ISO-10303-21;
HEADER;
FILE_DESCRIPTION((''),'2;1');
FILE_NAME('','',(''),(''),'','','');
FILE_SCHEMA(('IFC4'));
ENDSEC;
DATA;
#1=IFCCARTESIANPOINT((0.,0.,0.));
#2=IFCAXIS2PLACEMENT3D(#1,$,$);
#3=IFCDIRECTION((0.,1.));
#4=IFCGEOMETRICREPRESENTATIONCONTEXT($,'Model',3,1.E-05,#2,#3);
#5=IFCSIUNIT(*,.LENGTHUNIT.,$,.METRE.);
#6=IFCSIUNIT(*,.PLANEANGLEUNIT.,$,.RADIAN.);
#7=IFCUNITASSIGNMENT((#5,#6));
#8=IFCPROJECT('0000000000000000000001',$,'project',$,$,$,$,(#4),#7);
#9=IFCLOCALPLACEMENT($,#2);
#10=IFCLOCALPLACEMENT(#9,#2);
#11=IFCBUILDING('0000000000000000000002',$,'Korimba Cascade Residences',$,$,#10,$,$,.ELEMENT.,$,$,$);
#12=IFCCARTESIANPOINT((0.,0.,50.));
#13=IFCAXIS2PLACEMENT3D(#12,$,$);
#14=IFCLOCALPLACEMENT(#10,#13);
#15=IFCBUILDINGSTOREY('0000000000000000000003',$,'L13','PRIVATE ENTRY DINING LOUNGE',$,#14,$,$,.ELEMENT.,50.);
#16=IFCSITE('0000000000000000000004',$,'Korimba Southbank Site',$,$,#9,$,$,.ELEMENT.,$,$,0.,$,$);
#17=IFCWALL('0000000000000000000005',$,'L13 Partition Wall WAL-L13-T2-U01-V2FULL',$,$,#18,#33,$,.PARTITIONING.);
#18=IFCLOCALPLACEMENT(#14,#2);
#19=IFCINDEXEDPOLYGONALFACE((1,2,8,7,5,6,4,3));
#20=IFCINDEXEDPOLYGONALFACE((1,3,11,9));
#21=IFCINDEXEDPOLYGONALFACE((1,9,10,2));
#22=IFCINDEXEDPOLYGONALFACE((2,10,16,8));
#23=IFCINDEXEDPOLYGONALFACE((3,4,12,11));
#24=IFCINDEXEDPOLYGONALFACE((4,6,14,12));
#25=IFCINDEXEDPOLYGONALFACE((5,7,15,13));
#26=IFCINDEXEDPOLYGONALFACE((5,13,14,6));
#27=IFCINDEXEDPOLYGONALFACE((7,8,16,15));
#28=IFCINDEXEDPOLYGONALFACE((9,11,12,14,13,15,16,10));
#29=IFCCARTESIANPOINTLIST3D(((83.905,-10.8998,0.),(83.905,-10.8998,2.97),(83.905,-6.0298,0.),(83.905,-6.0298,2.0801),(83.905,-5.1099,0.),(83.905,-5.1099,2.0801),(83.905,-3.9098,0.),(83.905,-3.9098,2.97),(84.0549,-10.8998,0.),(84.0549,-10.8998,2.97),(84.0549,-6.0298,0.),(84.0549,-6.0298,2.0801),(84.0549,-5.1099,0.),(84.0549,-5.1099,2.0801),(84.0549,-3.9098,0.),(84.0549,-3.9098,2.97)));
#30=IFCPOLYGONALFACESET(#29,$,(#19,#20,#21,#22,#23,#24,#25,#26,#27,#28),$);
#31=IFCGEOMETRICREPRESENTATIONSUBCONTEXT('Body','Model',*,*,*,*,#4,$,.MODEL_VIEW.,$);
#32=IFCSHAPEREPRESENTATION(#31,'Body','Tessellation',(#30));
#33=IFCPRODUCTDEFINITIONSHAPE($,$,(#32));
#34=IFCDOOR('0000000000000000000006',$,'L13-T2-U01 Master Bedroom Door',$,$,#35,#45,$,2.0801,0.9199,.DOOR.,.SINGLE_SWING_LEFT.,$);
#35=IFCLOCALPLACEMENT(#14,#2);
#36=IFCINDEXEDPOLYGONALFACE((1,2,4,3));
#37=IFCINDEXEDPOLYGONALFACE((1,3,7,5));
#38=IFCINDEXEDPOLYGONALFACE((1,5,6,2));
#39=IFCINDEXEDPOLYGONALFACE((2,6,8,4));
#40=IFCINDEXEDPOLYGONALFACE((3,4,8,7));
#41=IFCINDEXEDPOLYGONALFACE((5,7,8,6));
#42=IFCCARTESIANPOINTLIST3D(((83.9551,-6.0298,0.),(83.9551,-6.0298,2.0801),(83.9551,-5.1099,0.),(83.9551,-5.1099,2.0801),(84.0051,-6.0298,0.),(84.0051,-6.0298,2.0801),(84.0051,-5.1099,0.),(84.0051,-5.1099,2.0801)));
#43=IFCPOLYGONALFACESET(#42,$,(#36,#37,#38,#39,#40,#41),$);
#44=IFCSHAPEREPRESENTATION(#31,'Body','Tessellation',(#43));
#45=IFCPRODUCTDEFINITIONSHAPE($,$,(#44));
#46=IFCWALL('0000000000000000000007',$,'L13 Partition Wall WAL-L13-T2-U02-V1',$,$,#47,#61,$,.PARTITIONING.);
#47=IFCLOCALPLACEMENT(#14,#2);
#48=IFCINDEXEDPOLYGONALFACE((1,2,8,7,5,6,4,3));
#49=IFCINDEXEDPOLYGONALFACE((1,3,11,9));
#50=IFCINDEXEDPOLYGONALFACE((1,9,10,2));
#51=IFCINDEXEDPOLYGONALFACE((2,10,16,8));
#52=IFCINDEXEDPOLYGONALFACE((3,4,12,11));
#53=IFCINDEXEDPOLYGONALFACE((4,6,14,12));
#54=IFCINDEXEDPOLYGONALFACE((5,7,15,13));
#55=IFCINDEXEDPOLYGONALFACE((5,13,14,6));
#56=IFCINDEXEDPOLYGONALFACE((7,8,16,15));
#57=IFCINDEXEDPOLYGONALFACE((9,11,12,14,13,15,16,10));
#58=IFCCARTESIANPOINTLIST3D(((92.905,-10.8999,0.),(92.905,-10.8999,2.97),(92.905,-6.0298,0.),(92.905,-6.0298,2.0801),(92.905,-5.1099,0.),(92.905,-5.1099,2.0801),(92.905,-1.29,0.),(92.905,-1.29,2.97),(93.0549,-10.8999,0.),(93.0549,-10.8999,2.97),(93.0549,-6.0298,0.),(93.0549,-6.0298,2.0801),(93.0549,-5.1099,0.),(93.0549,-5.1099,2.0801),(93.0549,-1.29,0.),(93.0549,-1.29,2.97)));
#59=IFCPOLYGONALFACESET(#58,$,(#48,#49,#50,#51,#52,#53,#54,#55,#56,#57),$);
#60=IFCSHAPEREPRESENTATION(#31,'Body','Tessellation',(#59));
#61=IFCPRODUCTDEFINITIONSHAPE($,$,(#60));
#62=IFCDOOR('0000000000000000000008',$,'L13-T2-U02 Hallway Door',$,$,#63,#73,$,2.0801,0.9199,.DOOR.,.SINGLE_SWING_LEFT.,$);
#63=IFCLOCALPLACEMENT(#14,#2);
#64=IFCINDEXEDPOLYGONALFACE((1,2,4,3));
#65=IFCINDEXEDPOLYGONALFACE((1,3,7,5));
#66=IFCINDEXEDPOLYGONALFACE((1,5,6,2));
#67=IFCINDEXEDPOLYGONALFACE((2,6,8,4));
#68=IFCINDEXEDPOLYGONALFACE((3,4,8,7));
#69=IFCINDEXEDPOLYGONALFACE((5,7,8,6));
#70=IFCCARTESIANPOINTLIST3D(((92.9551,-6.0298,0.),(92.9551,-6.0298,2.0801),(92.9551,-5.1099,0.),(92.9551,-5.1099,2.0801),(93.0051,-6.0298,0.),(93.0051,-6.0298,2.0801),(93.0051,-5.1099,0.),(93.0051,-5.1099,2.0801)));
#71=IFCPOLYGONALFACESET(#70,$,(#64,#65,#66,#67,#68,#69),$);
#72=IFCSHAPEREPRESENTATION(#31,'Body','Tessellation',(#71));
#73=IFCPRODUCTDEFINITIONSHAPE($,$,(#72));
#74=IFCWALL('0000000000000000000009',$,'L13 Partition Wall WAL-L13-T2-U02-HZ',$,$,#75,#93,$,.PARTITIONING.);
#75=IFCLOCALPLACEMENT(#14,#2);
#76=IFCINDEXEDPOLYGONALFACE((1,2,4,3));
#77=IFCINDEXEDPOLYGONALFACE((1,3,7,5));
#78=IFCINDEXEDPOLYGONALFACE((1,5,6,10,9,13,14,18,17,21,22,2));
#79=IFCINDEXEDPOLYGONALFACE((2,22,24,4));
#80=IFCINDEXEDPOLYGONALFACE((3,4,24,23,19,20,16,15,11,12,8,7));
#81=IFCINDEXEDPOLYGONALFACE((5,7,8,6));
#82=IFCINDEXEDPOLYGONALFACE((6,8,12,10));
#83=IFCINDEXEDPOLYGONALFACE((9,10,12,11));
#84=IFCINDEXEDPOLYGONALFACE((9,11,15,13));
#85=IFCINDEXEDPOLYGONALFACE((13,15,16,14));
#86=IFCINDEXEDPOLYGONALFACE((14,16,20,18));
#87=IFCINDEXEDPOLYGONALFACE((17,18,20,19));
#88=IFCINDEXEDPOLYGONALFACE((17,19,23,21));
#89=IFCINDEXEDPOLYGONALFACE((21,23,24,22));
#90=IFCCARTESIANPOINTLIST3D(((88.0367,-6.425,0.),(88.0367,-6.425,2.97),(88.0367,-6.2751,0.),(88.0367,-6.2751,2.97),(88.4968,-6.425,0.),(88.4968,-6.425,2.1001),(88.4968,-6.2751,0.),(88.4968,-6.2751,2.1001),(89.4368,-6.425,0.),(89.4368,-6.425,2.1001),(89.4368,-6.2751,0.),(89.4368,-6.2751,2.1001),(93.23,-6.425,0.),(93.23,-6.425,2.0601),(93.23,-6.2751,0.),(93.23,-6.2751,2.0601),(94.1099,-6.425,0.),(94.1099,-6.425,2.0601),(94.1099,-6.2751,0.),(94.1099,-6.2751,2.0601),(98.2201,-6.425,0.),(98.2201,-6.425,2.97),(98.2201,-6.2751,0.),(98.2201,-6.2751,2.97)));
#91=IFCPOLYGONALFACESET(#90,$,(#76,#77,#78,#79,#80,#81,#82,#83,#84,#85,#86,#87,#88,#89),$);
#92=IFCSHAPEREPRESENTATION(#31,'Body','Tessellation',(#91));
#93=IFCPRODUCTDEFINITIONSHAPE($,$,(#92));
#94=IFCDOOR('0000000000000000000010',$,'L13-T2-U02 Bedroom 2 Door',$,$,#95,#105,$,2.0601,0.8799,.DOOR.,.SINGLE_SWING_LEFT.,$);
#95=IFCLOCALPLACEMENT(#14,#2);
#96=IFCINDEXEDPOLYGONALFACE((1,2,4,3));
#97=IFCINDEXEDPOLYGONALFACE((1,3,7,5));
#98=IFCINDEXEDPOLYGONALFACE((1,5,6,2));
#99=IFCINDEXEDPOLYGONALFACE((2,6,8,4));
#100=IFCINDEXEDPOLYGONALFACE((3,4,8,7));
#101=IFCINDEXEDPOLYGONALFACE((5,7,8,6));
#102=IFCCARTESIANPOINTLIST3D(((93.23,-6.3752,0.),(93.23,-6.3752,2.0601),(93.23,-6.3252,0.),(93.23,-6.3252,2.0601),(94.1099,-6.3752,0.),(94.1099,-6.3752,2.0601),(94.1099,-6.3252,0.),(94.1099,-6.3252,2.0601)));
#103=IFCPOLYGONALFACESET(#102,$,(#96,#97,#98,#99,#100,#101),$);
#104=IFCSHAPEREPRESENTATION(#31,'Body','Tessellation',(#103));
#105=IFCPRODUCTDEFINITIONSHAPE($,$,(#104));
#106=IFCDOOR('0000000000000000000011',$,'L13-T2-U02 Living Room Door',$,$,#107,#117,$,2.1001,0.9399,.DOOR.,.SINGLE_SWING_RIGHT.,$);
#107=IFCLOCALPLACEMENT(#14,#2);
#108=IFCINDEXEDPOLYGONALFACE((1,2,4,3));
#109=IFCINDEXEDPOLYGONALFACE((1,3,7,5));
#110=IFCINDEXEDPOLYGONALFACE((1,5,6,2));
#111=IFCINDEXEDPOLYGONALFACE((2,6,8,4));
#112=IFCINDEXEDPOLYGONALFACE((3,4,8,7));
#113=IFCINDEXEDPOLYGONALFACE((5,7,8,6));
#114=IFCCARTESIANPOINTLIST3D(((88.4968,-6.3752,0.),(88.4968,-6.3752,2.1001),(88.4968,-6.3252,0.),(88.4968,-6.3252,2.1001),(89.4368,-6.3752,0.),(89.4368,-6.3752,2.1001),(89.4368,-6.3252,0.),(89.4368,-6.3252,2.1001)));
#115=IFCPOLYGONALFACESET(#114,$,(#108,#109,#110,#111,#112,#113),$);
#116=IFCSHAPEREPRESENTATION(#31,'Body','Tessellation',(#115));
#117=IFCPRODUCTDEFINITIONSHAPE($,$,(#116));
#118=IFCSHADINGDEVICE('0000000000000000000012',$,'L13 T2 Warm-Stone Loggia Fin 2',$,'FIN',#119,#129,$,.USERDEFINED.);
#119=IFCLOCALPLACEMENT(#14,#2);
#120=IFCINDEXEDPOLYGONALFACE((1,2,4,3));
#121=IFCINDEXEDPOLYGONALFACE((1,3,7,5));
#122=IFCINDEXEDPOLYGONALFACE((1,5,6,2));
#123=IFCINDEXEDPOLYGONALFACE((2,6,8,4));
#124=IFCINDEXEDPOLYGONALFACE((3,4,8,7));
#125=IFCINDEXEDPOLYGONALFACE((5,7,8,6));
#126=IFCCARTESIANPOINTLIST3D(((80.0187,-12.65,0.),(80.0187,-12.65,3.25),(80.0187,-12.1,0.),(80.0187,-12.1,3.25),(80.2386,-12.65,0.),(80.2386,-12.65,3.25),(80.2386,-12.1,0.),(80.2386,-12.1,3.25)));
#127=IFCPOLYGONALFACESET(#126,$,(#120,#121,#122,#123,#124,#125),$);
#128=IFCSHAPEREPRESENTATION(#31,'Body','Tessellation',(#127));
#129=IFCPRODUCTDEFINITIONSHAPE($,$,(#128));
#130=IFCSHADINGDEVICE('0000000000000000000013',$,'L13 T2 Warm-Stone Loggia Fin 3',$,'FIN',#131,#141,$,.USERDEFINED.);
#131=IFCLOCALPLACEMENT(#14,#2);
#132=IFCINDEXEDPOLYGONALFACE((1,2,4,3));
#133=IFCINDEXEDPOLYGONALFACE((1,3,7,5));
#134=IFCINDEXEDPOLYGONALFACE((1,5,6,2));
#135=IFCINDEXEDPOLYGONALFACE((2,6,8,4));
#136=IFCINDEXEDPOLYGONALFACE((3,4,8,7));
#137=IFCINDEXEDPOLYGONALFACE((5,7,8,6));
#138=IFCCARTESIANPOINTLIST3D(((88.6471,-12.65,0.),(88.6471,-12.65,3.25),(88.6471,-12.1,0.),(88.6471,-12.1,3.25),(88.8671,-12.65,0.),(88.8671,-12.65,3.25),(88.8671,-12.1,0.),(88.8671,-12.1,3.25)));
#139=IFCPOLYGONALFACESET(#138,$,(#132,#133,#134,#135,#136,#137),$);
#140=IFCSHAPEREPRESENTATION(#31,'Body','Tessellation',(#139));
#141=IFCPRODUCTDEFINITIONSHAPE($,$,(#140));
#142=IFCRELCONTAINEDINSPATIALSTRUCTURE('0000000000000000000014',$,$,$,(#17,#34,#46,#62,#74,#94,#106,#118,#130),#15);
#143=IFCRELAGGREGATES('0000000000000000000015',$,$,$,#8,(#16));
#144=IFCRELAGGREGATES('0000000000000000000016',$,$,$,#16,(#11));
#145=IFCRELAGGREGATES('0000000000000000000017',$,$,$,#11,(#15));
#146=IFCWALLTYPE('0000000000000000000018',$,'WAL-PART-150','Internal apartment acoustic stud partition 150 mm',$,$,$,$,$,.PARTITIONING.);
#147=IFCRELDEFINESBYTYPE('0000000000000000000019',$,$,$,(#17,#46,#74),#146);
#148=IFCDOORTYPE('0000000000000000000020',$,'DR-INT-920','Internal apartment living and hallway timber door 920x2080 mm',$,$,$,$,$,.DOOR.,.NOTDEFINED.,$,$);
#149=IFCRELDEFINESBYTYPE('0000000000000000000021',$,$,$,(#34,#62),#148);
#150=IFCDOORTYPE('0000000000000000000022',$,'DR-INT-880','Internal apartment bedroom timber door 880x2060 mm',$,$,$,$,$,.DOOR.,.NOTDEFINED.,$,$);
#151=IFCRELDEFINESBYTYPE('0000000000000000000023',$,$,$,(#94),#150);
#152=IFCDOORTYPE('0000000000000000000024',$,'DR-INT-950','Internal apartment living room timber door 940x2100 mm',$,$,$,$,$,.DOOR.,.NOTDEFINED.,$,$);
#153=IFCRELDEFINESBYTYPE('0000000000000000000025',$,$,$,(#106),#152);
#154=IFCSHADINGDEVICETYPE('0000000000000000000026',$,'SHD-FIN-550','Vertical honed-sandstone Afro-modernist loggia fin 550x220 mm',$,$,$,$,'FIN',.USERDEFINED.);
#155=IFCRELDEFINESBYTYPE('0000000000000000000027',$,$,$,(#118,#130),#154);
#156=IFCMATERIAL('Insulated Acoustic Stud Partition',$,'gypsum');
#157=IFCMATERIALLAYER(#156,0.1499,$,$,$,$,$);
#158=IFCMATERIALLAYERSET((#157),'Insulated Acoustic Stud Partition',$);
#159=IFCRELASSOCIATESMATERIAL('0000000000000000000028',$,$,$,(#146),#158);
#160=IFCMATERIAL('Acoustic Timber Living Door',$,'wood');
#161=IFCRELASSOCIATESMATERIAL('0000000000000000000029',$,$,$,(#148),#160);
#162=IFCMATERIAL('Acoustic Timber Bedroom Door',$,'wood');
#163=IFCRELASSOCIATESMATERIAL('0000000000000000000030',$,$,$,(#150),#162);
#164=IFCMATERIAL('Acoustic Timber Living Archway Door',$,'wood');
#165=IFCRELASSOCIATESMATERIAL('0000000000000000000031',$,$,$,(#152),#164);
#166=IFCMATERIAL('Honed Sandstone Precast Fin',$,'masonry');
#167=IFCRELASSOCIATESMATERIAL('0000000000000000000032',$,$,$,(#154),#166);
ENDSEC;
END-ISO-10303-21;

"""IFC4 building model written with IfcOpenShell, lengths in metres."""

from ifc_helpers import new_model, si_unit, direction, frame, frame_2d, origin, origin_2d, place, context, subcontext, project, spatial, rectangle, extrude, material, layer, layer_set, type_object, element, fill, save


model = new_model("IFC4")

# Units and contexts
model_context = context("Model", 3, precision=1e-05, world=origin(), true_north=direction((0.0, 1.0)))
body_context = subcontext(model_context, "Body", "Model", "MODEL_VIEW")
ifc_project = project(units=[si_unit("LENGTHUNIT", "METRE"), si_unit("PLANEANGLEUNIT", "RADIAN")], contexts=[model_context])

# Site, building, storey
site_placement = place(None, origin())
site = spatial("IfcSite", under=ifc_project, at=site_placement, Name="Korimba Southbank Site", CompositionType="ELEMENT", RefElevation=0.0)
building_placement = place(site_placement, origin())
building = spatial("IfcBuilding", under=site, at=building_placement, Name="Korimba Cascade Residences", CompositionType="ELEMENT")
storey_placement = place(building_placement, frame((0.0, 0.0, 50.0)))
storey = spatial("IfcBuildingStorey", under=building, at=storey_placement, Name="L13", Description="PRIVATE ENTRY DINING LOUNGE", CompositionType="ELEMENT", Elevation=50.0)

# Shared definitions
ifc_material_1 = material(Name="Insulated Acoustic Stud Partition", Category="gypsum")
ifc_layer_1 = layer(ifc_material_1, 0.1499)
ifc_layer_set_1 = layer_set([ifc_layer_1], Name="Insulated Acoustic Stud Partition")
wall_type_1 = type_object("IfcWallType", Name="WAL-PART-150", Description="Internal apartment acoustic stud partition 150 mm", PredefinedType="PARTITIONING", material=ifc_layer_set_1)

# Walls, openings, doors
wall_1_placement = place(storey_placement, frame((83.98, -10.8999, 0.0), z_axis=(0.0, 0.0, 1.0), x_axis=(0.0, 1.0, 0.0)))
wall_1 = element("IfcWall", 1, at=wall_1_placement, inside=storey, type_object=wall_type_1, Name="L13 Partition Wall WAL-L13-T2-U01-V2FULL", PredefinedType="PARTITIONING", context=body_context, shape_type="SweptSolid", body=[
    extrude(rectangle(XDim=6.99, YDim=0.1499, at=frame_2d((3.4951, 0.0))), origin(), (0.0, 0.0, 1.0), 2.97),
])
opening_1_placement = place(wall_1_placement, frame((4.8701, 0.0, 0.0)))
opening_1 = element("IfcOpeningElement", 2, at=opening_1_placement, cuts=wall_1, PredefinedType="OPENING", context=body_context, shape_type="SweptSolid", body=[
    extrude(rectangle(XDim=0.9199, YDim=2.0801, at=frame_2d((0.46, 1.04))), frame((0.0, 0.085, 0.0), z_axis=(0.0, -1.0, 0.0), x_axis=(1.0, 0.0, 0.0)), (0.0, 0.0, 1.0), 0.1699),
])
ifc_material_2 = material(Name="Acoustic Timber Living Door", Category="wood")
door_type_1 = type_object("IfcDoorType", Name="DR-INT-920", Description="Internal apartment living and hallway timber door 920x2080 mm", OperationType="NOTDEFINED", PredefinedType="DOOR", material=ifc_material_2)
door_1_placement = place(opening_1_placement, origin())
door_1 = element("IfcDoor", 3, at=door_1_placement, inside=storey, type_object=door_type_1, Name="L13-T2-U01 Master Bedroom Door", OperationType="SINGLE_SWING_LEFT", OverallHeight=2.0801, OverallWidth=0.9199, PredefinedType="DOOR", context=body_context, shape_type="SweptSolid", body=[
    extrude(rectangle(XDim=0.9199, YDim=2.0801, at=frame_2d((0.46, 1.04))), frame((0.0, 0.0249, 0.0), z_axis=(0.0, -1.0, 0.0), x_axis=(1.0, 0.0, 0.0)), (0.0, 0.0, 1.0), 0.05),
])
fill(opening_1, door_1)
wall_2_placement = place(storey_placement, frame((92.98, -10.8999, 0.0), z_axis=(0.0, 0.0, 1.0), x_axis=(0.0, 1.0, 0.0)))
wall_2 = element("IfcWall", 4, at=wall_2_placement, inside=storey, type_object=wall_type_1, Name="L13 Partition Wall WAL-L13-T2-U02-V1", PredefinedType="PARTITIONING", context=body_context, shape_type="SweptSolid", body=[
    extrude(rectangle(XDim=9.6099, YDim=0.1499, at=frame_2d((4.8049, 0.0))), origin(), (0.0, 0.0, 1.0), 2.97),
])
opening_2_placement = place(wall_2_placement, frame((4.8701, 0.0, 0.0)))
opening_2 = element("IfcOpeningElement", 5, at=opening_2_placement, cuts=wall_2, PredefinedType="OPENING", context=body_context, shape_type="SweptSolid", body=[
    extrude(rectangle(XDim=0.9199, YDim=2.0801, at=frame_2d((0.46, 1.04))), frame((0.0, 0.085, 0.0), z_axis=(0.0, -1.0, 0.0), x_axis=(1.0, 0.0, 0.0)), (0.0, 0.0, 1.0), 0.1699),
])
door_2_placement = place(opening_2_placement, origin())
door_2 = element("IfcDoor", 6, at=door_2_placement, inside=storey, type_object=door_type_1, Name="L13-T2-U02 Hallway Door", OperationType="SINGLE_SWING_LEFT", OverallHeight=2.0801, OverallWidth=0.9199, PredefinedType="DOOR", context=body_context, shape_type="SweptSolid", body=[
    extrude(rectangle(XDim=0.9199, YDim=2.0801, at=frame_2d((0.46, 1.04))), frame((0.0, 0.0249, 0.0), z_axis=(0.0, -1.0, 0.0), x_axis=(1.0, 0.0, 0.0)), (0.0, 0.0, 1.0), 0.05),
])
fill(opening_2, door_2)

# Wall, openings, doors
wall_3_placement = place(storey_placement, frame((88.0366, -6.3501, 0.0), z_axis=(0.0, 0.0, 1.0), x_axis=(1.0, 0.0, 0.0)))
wall_3 = element("IfcWall", 7, at=wall_3_placement, inside=storey, type_object=wall_type_1, Name="L13 Partition Wall WAL-L13-T2-U02-HZ", PredefinedType="PARTITIONING", context=body_context, shape_type="SweptSolid", body=[
    extrude(rectangle(XDim=10.1833, YDim=0.1499, at=frame_2d((5.0918, 0.0))), origin(), (0.0, 0.0, 1.0), 2.97),
])
opening_3_placement = place(wall_3_placement, frame((0.4602, 0.0, 0.0)))
opening_3 = element("IfcOpeningElement", 8, at=opening_3_placement, cuts=wall_3, PredefinedType="OPENING", context=body_context, shape_type="SweptSolid", body=[
    extrude(rectangle(XDim=0.9399, YDim=2.1001, at=frame_2d((0.47, 1.05))), frame((0.0, 0.085, 0.0), z_axis=(0.0, -1.0, 0.0), x_axis=(1.0, 0.0, 0.0)), (0.0, 0.0, 1.0), 0.1699),
])
opening_4_placement = place(wall_3_placement, frame((5.1934, 0.0, 0.0)))
opening_4 = element("IfcOpeningElement", 9, at=opening_4_placement, cuts=wall_3, PredefinedType="OPENING", context=body_context, shape_type="SweptSolid", body=[
    extrude(rectangle(XDim=0.8799, YDim=2.0601, at=frame_2d((0.4399, 1.03))), frame((0.0, 0.085, 0.0), z_axis=(0.0, -1.0, 0.0), x_axis=(1.0, 0.0, 0.0)), (0.0, 0.0, 1.0), 0.1699),
])
ifc_material_3 = material(Name="Acoustic Timber Bedroom Door", Category="wood")
door_type_2 = type_object("IfcDoorType", Name="DR-INT-880", Description="Internal apartment bedroom timber door 880x2060 mm", OperationType="NOTDEFINED", PredefinedType="DOOR", material=ifc_material_3)
door_3_placement = place(opening_4_placement, origin())
door_3 = element("IfcDoor", 10, at=door_3_placement, inside=storey, type_object=door_type_2, Name="L13-T2-U02 Bedroom 2 Door", OperationType="SINGLE_SWING_LEFT", OverallHeight=2.0601, OverallWidth=0.8799, PredefinedType="DOOR", context=body_context, shape_type="SweptSolid", body=[
    extrude(rectangle(XDim=0.8799, YDim=2.0601, at=frame_2d((0.4399, 1.03))), frame((0.0, 0.0249, 0.0), z_axis=(0.0, -1.0, 0.0), x_axis=(1.0, 0.0, 0.0)), (0.0, 0.0, 1.0), 0.05),
])
fill(opening_4, door_3)
ifc_material_4 = material(Name="Acoustic Timber Living Archway Door", Category="wood")
door_type_3 = type_object("IfcDoorType", Name="DR-INT-950", Description="Internal apartment living room timber door 940x2100 mm", OperationType="NOTDEFINED", PredefinedType="DOOR", material=ifc_material_4)
door_4_placement = place(opening_3_placement, origin())
door_4 = element("IfcDoor", 11, at=door_4_placement, inside=storey, type_object=door_type_3, Name="L13-T2-U02 Living Room Door", OperationType="SINGLE_SWING_RIGHT", OverallHeight=2.1001, OverallWidth=0.9399, PredefinedType="DOOR", context=body_context, shape_type="SweptSolid", body=[
    extrude(rectangle(XDim=0.9399, YDim=2.1001, at=frame_2d((0.47, 1.05))), frame((0.0, 0.0249, 0.0), z_axis=(0.0, -1.0, 0.0), x_axis=(1.0, 0.0, 0.0)), (0.0, 0.0, 1.0), 0.05),
])
fill(opening_3, door_4)

# Shading devices
ifc_material_5 = material(Name="Honed Sandstone Precast Fin", Category="masonry")
shading_device_type = type_object("IfcShadingDeviceType", Name="SHD-FIN-550", Description="Vertical honed-sandstone Afro-modernist loggia fin 550x220 mm", ElementType="FIN", PredefinedType="USERDEFINED", material=ifc_material_5)
for number, where, z_axis, x_axis, name in (
    (12, (80.1287, -12.375, 0.0), (0.0, 0.0, 1.0), (1.0, 0.0, 0.0), "L13 T2 Warm-Stone Loggia Fin 2"),
    (13, (88.7571, -12.375, 0.0), (0.0, 0.0, 1.0), (1.0, 0.0, 0.0), "L13 T2 Warm-Stone Loggia Fin 3"),
):
    element("IfcShadingDevice", number, at=place(storey_placement, frame(where, z_axis=z_axis, x_axis=x_axis)), inside=storey, type_object=shading_device_type, Name=name, ObjectType="FIN", PredefinedType="USERDEFINED", context=body_context, shape_type="SweptSolid", body=[
        extrude(rectangle(XDim=0.22, YDim=0.55, at=origin_2d()), origin(), (0.0, 0.0, 1.0), 3.25),
    ])

save(model, "model.ifc")
